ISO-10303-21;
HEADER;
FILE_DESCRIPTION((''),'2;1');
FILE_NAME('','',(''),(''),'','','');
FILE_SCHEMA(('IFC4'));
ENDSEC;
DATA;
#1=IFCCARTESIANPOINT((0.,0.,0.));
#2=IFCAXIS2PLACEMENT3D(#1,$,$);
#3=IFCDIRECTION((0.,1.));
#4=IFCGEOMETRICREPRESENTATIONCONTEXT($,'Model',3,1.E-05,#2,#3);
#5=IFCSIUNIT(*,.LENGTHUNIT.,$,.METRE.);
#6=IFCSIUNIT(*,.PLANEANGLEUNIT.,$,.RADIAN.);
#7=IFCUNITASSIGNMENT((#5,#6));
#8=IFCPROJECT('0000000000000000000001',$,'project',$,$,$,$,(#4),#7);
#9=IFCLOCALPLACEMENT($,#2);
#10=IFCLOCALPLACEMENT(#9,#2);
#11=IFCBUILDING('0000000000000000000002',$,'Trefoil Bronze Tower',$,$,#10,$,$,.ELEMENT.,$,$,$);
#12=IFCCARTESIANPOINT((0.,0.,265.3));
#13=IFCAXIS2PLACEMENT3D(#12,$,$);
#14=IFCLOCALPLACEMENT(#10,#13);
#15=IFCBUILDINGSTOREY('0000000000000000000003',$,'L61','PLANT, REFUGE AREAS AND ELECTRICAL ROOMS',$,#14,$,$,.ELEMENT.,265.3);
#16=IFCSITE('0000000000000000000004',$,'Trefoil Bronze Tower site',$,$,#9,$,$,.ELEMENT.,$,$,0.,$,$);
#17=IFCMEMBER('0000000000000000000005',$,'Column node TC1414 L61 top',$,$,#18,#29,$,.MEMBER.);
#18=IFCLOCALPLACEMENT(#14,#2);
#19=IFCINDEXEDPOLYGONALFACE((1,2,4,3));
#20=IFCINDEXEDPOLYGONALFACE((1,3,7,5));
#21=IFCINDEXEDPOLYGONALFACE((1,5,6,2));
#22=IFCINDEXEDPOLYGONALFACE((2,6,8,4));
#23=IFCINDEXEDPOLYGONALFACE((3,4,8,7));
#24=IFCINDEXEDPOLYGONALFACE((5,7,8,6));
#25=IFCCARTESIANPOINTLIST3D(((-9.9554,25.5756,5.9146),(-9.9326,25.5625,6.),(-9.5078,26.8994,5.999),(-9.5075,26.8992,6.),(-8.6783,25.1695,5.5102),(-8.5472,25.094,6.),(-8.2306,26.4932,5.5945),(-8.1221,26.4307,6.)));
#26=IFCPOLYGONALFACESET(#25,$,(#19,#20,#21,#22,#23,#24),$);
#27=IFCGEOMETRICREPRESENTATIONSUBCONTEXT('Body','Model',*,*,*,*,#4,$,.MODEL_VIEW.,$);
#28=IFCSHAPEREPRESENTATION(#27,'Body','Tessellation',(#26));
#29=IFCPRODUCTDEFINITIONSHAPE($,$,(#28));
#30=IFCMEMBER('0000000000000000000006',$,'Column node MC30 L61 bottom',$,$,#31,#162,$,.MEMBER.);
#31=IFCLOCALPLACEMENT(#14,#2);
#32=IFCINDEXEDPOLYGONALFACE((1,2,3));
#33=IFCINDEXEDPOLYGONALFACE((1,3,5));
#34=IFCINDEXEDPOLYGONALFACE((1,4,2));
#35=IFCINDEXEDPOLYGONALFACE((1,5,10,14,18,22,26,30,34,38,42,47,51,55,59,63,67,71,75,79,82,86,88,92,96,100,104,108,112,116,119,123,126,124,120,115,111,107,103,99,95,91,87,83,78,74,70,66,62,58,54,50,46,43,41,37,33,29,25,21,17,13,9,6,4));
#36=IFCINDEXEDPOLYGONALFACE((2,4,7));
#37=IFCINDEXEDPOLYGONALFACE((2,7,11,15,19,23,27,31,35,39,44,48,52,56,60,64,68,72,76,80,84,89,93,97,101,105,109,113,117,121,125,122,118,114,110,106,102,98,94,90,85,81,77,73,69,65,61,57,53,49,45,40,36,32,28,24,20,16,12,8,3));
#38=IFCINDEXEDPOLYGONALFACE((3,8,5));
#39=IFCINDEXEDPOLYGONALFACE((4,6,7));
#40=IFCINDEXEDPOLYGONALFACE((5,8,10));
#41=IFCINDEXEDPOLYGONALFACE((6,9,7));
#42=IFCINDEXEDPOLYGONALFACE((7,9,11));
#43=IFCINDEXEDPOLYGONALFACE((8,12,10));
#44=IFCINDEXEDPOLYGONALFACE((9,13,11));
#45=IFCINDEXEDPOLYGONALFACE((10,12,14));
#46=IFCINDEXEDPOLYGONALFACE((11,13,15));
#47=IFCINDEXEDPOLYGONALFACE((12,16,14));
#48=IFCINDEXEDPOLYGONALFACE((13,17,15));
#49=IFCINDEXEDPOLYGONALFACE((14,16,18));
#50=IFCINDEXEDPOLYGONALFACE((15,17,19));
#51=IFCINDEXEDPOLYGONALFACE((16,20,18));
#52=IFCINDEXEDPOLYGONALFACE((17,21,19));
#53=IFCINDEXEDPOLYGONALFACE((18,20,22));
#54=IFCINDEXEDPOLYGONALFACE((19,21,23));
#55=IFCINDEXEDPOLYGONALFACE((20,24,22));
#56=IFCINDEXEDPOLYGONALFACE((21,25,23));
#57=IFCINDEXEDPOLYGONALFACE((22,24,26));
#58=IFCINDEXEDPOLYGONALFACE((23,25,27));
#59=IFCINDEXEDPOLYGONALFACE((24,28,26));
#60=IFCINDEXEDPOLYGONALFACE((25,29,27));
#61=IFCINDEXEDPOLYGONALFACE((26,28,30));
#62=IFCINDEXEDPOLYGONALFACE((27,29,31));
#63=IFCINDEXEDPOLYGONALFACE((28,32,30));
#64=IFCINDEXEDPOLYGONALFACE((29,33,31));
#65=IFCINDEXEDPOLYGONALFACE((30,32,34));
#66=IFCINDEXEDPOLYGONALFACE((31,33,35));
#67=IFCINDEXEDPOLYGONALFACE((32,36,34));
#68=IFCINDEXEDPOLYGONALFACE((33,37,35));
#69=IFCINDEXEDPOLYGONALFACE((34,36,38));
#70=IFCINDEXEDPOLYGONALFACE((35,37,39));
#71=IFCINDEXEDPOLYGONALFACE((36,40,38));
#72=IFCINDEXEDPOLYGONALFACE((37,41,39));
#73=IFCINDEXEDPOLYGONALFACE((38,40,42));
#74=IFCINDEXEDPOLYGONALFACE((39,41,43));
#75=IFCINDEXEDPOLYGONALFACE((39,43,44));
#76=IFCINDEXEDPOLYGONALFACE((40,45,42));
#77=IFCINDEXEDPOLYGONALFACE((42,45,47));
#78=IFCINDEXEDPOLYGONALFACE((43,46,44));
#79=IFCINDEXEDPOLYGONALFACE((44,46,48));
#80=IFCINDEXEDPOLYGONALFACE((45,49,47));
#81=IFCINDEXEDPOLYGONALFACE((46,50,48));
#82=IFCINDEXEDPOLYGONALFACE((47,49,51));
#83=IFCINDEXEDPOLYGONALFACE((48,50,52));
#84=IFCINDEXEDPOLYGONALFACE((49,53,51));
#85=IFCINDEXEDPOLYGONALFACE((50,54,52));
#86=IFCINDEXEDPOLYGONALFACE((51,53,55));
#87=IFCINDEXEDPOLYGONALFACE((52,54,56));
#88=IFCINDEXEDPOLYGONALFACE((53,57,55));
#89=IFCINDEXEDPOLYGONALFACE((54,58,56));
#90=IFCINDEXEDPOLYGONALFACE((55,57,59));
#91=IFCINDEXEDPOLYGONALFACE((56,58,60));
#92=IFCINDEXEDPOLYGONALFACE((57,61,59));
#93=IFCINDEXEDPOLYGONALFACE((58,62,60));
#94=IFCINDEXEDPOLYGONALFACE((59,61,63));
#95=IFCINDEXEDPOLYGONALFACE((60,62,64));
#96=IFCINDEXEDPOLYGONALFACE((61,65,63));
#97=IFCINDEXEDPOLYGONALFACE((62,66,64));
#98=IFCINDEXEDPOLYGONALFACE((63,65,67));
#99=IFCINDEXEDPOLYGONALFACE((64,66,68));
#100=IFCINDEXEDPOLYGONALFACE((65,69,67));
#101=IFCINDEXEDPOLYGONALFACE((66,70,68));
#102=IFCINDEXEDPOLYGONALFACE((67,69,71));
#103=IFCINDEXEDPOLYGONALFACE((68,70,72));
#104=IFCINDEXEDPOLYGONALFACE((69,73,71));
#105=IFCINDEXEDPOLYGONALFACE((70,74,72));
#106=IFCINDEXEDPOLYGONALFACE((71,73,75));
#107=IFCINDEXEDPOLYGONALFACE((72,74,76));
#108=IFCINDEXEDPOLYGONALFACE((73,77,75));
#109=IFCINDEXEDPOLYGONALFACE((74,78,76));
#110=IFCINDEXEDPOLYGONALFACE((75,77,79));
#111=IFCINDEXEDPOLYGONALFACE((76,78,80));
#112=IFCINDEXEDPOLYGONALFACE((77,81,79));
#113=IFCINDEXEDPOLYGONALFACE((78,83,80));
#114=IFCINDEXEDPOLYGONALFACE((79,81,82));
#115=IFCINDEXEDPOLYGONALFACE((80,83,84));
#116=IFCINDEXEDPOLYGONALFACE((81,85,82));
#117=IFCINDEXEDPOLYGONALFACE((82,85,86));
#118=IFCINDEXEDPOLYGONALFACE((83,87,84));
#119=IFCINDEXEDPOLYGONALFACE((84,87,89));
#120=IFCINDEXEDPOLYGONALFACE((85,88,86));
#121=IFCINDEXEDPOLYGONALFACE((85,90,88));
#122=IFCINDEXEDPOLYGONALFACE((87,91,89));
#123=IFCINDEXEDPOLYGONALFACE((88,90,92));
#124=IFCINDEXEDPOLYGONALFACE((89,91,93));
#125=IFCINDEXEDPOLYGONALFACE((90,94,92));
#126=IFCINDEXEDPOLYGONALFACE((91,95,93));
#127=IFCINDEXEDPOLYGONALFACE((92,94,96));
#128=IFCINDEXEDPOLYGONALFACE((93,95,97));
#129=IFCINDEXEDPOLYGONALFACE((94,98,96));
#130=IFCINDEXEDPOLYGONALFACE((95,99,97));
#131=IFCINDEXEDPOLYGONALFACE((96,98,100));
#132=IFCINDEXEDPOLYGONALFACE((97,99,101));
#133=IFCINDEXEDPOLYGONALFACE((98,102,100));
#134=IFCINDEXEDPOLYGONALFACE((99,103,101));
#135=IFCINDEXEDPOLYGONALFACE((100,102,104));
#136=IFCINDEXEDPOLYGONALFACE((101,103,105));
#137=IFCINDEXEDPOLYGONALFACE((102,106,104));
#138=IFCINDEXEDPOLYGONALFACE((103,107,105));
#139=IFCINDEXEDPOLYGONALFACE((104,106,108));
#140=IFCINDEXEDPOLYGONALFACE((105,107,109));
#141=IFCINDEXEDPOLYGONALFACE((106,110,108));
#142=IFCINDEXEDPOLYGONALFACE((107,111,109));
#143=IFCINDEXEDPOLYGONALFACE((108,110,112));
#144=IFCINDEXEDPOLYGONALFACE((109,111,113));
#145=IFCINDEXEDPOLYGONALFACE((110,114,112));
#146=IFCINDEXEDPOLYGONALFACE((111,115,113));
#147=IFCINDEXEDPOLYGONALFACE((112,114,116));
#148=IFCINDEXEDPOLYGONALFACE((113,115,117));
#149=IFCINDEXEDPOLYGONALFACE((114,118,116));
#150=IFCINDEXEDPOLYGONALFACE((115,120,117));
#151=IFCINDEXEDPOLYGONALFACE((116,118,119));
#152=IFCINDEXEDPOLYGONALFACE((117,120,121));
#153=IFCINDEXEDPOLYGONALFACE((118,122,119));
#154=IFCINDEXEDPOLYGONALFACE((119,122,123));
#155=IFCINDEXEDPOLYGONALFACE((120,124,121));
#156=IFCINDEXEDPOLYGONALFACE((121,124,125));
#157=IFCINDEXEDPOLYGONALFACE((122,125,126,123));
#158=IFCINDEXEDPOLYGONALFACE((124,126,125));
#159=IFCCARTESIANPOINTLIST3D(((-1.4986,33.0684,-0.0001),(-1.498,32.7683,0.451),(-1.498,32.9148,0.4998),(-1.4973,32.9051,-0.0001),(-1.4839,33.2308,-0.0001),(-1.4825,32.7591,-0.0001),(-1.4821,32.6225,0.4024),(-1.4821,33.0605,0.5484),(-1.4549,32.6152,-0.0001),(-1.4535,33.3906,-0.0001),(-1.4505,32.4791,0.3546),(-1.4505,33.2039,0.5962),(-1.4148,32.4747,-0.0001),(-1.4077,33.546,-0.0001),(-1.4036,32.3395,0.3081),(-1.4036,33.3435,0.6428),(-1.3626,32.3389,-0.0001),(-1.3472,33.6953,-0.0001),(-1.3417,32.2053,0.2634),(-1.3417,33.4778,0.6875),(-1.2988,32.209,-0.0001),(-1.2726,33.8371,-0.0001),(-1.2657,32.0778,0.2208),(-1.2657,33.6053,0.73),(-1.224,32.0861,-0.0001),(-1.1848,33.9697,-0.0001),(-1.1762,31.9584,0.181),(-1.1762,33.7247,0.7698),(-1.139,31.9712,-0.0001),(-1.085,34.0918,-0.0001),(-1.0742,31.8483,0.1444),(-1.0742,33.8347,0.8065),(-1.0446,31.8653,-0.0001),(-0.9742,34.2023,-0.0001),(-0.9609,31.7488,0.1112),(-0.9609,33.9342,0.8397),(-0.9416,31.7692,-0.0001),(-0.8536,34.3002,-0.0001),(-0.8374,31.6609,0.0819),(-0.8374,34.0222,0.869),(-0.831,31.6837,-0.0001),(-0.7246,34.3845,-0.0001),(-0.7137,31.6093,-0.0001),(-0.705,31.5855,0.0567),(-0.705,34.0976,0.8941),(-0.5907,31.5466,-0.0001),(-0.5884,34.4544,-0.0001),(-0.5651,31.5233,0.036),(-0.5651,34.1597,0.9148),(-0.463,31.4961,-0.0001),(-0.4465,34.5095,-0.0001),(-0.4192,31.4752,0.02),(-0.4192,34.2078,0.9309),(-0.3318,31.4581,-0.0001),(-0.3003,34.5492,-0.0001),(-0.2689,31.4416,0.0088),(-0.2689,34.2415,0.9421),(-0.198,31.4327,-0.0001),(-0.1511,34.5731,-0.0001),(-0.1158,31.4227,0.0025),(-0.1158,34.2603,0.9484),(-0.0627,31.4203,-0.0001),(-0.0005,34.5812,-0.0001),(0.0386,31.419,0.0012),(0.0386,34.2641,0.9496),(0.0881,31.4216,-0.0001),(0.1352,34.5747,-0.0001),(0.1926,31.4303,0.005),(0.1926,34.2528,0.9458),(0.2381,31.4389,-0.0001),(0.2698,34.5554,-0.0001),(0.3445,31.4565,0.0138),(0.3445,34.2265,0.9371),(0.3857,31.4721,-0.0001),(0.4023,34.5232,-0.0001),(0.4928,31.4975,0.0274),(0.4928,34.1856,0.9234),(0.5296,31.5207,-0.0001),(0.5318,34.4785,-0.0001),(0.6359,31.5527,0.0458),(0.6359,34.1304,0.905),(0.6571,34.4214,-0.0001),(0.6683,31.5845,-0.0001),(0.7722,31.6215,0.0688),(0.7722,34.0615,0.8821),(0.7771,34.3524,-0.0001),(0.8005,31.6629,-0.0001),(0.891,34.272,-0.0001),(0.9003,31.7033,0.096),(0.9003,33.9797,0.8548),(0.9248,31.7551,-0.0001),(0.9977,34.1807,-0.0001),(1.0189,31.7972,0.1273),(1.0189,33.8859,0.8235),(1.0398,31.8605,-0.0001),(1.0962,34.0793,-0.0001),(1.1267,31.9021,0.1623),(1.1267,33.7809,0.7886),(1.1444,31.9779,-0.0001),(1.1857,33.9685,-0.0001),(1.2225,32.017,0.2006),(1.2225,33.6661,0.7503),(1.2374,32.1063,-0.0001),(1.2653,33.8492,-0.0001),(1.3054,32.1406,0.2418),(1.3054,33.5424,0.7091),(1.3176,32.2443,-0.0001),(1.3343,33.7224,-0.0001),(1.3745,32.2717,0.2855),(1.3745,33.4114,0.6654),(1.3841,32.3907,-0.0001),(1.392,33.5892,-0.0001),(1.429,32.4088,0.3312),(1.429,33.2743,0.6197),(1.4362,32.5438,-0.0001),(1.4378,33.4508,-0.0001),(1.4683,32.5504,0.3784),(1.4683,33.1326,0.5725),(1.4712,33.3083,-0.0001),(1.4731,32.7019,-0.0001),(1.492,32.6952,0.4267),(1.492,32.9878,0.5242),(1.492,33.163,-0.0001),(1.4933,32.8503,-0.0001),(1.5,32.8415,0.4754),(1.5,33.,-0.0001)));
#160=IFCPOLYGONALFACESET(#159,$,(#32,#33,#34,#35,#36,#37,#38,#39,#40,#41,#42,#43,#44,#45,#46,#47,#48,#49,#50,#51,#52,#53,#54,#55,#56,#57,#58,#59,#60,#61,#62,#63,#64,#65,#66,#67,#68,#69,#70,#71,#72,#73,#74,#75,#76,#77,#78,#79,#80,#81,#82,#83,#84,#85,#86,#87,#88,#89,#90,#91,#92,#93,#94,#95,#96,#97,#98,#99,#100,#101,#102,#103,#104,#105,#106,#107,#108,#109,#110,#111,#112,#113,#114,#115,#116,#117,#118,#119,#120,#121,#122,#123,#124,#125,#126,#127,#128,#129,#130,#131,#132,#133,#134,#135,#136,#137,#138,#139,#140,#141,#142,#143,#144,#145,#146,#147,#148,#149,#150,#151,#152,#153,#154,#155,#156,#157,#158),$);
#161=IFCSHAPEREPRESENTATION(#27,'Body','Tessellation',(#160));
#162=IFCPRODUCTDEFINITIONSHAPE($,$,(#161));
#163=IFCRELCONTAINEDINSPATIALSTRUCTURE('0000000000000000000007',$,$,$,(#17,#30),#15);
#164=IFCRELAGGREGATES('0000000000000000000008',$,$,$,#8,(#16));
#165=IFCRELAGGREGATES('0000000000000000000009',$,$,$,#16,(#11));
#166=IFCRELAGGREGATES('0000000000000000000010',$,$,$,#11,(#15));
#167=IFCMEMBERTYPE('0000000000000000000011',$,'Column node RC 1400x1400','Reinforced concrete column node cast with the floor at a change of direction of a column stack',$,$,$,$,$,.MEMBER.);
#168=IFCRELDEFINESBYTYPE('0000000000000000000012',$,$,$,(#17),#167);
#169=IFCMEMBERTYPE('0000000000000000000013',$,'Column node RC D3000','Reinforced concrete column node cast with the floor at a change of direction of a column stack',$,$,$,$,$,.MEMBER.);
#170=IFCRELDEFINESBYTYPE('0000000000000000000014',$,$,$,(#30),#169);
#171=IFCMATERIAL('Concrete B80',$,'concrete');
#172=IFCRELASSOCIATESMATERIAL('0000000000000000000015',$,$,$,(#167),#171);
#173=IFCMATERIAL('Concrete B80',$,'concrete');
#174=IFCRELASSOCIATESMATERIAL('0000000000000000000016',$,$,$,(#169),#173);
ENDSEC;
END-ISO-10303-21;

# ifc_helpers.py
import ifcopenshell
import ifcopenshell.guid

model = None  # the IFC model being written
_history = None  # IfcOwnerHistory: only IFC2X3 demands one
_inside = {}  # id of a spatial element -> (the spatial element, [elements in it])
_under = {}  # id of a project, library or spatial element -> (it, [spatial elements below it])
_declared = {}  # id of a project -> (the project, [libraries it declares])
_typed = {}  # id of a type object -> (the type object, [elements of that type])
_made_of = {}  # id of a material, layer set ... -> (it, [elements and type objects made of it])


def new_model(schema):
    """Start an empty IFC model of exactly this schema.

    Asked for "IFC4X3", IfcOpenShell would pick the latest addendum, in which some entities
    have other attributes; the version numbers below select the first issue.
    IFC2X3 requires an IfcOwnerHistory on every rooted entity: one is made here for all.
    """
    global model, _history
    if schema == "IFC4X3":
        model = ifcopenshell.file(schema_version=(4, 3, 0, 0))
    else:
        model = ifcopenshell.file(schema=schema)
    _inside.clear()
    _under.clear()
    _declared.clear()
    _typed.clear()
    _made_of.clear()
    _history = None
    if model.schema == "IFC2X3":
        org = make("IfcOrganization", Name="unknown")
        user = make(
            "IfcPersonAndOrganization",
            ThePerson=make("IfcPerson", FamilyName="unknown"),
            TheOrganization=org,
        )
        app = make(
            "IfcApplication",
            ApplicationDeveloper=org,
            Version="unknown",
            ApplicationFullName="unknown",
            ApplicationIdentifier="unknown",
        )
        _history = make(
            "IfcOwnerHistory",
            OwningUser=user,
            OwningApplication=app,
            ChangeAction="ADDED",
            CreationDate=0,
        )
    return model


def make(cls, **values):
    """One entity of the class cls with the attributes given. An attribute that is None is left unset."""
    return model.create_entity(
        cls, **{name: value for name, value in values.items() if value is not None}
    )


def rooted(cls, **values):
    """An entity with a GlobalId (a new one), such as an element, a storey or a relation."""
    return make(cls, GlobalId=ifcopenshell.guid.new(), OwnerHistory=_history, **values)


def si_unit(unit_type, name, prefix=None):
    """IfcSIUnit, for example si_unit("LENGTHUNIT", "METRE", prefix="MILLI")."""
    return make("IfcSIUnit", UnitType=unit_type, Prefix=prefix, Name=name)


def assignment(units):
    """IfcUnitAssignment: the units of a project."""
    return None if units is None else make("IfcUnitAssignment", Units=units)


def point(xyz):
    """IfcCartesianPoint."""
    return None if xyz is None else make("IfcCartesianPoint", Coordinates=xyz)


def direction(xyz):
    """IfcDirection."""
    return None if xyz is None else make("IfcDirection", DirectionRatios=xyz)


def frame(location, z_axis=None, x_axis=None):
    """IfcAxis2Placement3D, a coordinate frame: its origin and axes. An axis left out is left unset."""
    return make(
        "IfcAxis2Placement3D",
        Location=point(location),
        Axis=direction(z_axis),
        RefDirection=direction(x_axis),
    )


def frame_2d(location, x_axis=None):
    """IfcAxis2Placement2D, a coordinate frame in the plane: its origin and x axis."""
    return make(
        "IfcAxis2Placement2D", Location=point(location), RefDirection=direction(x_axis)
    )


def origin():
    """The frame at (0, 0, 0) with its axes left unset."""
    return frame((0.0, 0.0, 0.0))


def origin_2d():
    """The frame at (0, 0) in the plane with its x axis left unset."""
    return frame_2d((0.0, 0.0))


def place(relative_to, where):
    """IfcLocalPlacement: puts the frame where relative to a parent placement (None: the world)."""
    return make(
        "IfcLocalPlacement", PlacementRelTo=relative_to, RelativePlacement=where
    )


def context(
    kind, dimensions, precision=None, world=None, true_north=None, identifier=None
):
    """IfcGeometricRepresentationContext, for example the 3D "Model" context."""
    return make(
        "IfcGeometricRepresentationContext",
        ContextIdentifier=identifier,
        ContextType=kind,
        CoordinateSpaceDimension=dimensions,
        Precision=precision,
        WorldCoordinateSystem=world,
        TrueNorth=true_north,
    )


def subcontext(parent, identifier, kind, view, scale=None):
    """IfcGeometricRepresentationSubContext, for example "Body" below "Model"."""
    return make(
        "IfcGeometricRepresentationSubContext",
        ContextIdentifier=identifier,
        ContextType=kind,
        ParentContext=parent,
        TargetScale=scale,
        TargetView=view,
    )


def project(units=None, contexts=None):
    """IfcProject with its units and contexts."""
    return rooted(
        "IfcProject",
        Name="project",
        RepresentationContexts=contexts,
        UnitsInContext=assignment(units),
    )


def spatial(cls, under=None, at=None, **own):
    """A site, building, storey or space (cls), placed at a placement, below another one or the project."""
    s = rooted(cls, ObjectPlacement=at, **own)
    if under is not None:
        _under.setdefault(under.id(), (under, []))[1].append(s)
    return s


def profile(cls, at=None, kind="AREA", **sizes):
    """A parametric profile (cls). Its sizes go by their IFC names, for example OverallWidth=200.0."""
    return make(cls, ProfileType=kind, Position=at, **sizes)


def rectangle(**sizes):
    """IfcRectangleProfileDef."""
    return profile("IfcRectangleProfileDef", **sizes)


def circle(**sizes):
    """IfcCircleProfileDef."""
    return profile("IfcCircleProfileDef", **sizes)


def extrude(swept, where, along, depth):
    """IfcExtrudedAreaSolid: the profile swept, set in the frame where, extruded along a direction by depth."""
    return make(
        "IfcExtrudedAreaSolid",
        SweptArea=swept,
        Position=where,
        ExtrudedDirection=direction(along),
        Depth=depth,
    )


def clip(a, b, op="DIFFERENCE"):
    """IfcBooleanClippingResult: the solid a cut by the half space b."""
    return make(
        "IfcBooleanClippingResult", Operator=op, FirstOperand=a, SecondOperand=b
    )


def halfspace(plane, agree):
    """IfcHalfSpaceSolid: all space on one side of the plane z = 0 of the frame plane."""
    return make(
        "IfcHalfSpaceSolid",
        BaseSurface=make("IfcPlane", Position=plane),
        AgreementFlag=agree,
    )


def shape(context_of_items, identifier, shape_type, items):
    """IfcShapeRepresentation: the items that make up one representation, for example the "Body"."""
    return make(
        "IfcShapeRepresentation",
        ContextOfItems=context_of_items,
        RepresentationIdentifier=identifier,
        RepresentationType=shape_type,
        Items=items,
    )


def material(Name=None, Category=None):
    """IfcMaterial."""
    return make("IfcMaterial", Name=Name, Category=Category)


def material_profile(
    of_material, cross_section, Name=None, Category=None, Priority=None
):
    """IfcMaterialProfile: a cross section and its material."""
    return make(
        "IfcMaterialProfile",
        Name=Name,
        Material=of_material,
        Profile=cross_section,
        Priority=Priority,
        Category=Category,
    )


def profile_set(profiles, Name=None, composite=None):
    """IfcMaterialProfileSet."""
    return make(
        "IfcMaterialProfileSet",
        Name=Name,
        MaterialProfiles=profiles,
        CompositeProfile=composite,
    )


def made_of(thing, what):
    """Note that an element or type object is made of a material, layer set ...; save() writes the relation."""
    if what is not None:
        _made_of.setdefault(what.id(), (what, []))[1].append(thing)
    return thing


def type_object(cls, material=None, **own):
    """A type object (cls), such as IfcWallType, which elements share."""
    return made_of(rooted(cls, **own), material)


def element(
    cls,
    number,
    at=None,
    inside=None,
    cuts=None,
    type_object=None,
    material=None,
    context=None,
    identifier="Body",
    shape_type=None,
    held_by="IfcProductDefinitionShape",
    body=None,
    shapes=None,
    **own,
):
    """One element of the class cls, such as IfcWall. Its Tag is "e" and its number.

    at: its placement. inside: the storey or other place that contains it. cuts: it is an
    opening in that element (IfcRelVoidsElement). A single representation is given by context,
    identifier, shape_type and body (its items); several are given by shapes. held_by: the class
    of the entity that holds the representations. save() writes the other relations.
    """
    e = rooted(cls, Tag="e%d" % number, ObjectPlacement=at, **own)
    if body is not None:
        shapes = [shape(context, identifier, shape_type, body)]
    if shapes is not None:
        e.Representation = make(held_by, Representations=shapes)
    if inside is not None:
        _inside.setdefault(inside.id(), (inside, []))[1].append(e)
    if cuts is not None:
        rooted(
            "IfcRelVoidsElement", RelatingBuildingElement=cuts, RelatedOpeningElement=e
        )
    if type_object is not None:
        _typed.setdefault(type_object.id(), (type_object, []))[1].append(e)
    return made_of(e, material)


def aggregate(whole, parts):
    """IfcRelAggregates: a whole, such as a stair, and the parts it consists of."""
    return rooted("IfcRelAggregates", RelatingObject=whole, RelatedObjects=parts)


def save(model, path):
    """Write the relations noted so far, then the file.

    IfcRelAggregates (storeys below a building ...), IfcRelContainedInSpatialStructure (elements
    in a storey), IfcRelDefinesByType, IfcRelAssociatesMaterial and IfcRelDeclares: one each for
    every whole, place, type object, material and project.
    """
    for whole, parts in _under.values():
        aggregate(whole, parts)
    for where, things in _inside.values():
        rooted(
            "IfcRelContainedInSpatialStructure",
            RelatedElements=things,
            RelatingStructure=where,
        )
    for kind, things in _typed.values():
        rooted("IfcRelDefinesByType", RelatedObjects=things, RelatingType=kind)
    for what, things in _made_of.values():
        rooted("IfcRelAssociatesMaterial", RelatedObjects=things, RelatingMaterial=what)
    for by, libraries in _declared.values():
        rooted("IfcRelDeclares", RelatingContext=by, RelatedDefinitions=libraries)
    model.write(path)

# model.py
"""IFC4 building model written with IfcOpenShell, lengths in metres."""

from ifc_helpers import new_model, si_unit, direction, frame, origin, origin_2d, place, context, subcontext, project, spatial, rectangle, circle, extrude, clip, halfspace, material, material_profile, profile_set, type_object, element, save


model = new_model("IFC4")

# Units and contexts
model_context = context("Model", 3, precision=1e-05, world=origin(), true_north=direction((0.0, 1.0)))
body_context = subcontext(model_context, "Body", "Model", "MODEL_VIEW")
ifc_project = project(units=[si_unit("LENGTHUNIT", "METRE"), si_unit("PLANEANGLEUNIT", "RADIAN")], contexts=[model_context])

# Site, building, storey
site_placement = place(None, origin())
site = spatial("IfcSite", under=ifc_project, at=site_placement, Name="Trefoil Bronze Tower site", CompositionType="ELEMENT", RefElevation=0.0)
building_placement = place(site_placement, origin())
building = spatial("IfcBuilding", under=site, at=building_placement, Name="Trefoil Bronze Tower", CompositionType="ELEMENT")
storey_placement = place(building_placement, frame((0.0, 0.0, 265.3)))
storey = spatial("IfcBuildingStorey", under=building, at=storey_placement, Name="L61", Description="PLANT, REFUGE AREAS AND ELECTRICAL ROOMS", CompositionType="ELEMENT", Elevation=265.3)

# Members
ifc_material_1 = material(Name="Concrete B80", Category="concrete")
ifc_material_profile_1 = material_profile(ifc_material_1, rectangle(XDim=1.3999, YDim=1.3999, at=origin_2d()), Name="RC 1400x1400")
ifc_profile_set_1 = profile_set([ifc_material_profile_1], Name="Concrete B80")
member_type_1 = type_object("IfcMemberType", Name="Column node RC 1400x1400", Description="Reinforced concrete column node cast with the floor at a change of direction of a column stack", PredefinedType="MEMBER", material=ifc_profile_set_1)
member_1_placement = place(storey_placement, frame((-8.9617, 25.9587, 6.2454), z_axis=(-0.255737, 0.147358, -0.95545), x_axis=(0.319767, 0.945579, 0.060246)))
element("IfcMember", 1, at=member_1_placement, inside=storey, type_object=member_type_1, Name="Column node TC1414 L61 top", PredefinedType="MEMBER", context=body_context, shape_type="Clipping", body=[
    clip(extrude(rectangle(XDim=1.3999, YDim=1.3999, at=origin_2d()), origin(), (0.0, 0.0, 1.0), 0.5137), halfspace(frame((0.0, 0.0, 0.2568), z_axis=(-0.060246, 0.28894, 0.95545), x_axis=(0.0, 0.957188, -0.289466)), True)),
])
ifc_material_2 = material(Name="Concrete B80", Category="concrete")
ifc_material_profile_2 = material_profile(ifc_material_2, circle(Radius=1.5, at=origin_2d()), Name="RC D3000")
ifc_profile_set_2 = profile_set([ifc_material_profile_2], Name="Concrete B80")
member_type_2 = type_object("IfcMemberType", Name="Column node RC D3000", Description="Reinforced concrete column node cast with the floor at a change of direction of a column stack", PredefinedType="MEMBER", material=ifc_profile_set_2)
member_2_placement = place(storey_placement, frame((0.0, 33.1584, -0.4753), z_axis=(0.0, -0.316228, 0.948683), x_axis=(1.0, 0.0, 0.0)))
element("IfcMember", 2, at=member_2_placement, inside=storey, type_object=member_type_2, Name="Column node MC30 L61 bottom", PredefinedType="MEMBER", context=body_context, shape_type="Clipping", body=[
    clip(extrude(circle(Radius=1.5, at=origin_2d()), origin(), (0.0, 0.0, 1.0), 1.0022), halfspace(frame((0.0, 0.0, 0.501), z_axis=(0.0, 0.316228, 0.948683), x_axis=(0.0, 0.948683, -0.316228)), True)),
])

save(model, "model.ifc")
